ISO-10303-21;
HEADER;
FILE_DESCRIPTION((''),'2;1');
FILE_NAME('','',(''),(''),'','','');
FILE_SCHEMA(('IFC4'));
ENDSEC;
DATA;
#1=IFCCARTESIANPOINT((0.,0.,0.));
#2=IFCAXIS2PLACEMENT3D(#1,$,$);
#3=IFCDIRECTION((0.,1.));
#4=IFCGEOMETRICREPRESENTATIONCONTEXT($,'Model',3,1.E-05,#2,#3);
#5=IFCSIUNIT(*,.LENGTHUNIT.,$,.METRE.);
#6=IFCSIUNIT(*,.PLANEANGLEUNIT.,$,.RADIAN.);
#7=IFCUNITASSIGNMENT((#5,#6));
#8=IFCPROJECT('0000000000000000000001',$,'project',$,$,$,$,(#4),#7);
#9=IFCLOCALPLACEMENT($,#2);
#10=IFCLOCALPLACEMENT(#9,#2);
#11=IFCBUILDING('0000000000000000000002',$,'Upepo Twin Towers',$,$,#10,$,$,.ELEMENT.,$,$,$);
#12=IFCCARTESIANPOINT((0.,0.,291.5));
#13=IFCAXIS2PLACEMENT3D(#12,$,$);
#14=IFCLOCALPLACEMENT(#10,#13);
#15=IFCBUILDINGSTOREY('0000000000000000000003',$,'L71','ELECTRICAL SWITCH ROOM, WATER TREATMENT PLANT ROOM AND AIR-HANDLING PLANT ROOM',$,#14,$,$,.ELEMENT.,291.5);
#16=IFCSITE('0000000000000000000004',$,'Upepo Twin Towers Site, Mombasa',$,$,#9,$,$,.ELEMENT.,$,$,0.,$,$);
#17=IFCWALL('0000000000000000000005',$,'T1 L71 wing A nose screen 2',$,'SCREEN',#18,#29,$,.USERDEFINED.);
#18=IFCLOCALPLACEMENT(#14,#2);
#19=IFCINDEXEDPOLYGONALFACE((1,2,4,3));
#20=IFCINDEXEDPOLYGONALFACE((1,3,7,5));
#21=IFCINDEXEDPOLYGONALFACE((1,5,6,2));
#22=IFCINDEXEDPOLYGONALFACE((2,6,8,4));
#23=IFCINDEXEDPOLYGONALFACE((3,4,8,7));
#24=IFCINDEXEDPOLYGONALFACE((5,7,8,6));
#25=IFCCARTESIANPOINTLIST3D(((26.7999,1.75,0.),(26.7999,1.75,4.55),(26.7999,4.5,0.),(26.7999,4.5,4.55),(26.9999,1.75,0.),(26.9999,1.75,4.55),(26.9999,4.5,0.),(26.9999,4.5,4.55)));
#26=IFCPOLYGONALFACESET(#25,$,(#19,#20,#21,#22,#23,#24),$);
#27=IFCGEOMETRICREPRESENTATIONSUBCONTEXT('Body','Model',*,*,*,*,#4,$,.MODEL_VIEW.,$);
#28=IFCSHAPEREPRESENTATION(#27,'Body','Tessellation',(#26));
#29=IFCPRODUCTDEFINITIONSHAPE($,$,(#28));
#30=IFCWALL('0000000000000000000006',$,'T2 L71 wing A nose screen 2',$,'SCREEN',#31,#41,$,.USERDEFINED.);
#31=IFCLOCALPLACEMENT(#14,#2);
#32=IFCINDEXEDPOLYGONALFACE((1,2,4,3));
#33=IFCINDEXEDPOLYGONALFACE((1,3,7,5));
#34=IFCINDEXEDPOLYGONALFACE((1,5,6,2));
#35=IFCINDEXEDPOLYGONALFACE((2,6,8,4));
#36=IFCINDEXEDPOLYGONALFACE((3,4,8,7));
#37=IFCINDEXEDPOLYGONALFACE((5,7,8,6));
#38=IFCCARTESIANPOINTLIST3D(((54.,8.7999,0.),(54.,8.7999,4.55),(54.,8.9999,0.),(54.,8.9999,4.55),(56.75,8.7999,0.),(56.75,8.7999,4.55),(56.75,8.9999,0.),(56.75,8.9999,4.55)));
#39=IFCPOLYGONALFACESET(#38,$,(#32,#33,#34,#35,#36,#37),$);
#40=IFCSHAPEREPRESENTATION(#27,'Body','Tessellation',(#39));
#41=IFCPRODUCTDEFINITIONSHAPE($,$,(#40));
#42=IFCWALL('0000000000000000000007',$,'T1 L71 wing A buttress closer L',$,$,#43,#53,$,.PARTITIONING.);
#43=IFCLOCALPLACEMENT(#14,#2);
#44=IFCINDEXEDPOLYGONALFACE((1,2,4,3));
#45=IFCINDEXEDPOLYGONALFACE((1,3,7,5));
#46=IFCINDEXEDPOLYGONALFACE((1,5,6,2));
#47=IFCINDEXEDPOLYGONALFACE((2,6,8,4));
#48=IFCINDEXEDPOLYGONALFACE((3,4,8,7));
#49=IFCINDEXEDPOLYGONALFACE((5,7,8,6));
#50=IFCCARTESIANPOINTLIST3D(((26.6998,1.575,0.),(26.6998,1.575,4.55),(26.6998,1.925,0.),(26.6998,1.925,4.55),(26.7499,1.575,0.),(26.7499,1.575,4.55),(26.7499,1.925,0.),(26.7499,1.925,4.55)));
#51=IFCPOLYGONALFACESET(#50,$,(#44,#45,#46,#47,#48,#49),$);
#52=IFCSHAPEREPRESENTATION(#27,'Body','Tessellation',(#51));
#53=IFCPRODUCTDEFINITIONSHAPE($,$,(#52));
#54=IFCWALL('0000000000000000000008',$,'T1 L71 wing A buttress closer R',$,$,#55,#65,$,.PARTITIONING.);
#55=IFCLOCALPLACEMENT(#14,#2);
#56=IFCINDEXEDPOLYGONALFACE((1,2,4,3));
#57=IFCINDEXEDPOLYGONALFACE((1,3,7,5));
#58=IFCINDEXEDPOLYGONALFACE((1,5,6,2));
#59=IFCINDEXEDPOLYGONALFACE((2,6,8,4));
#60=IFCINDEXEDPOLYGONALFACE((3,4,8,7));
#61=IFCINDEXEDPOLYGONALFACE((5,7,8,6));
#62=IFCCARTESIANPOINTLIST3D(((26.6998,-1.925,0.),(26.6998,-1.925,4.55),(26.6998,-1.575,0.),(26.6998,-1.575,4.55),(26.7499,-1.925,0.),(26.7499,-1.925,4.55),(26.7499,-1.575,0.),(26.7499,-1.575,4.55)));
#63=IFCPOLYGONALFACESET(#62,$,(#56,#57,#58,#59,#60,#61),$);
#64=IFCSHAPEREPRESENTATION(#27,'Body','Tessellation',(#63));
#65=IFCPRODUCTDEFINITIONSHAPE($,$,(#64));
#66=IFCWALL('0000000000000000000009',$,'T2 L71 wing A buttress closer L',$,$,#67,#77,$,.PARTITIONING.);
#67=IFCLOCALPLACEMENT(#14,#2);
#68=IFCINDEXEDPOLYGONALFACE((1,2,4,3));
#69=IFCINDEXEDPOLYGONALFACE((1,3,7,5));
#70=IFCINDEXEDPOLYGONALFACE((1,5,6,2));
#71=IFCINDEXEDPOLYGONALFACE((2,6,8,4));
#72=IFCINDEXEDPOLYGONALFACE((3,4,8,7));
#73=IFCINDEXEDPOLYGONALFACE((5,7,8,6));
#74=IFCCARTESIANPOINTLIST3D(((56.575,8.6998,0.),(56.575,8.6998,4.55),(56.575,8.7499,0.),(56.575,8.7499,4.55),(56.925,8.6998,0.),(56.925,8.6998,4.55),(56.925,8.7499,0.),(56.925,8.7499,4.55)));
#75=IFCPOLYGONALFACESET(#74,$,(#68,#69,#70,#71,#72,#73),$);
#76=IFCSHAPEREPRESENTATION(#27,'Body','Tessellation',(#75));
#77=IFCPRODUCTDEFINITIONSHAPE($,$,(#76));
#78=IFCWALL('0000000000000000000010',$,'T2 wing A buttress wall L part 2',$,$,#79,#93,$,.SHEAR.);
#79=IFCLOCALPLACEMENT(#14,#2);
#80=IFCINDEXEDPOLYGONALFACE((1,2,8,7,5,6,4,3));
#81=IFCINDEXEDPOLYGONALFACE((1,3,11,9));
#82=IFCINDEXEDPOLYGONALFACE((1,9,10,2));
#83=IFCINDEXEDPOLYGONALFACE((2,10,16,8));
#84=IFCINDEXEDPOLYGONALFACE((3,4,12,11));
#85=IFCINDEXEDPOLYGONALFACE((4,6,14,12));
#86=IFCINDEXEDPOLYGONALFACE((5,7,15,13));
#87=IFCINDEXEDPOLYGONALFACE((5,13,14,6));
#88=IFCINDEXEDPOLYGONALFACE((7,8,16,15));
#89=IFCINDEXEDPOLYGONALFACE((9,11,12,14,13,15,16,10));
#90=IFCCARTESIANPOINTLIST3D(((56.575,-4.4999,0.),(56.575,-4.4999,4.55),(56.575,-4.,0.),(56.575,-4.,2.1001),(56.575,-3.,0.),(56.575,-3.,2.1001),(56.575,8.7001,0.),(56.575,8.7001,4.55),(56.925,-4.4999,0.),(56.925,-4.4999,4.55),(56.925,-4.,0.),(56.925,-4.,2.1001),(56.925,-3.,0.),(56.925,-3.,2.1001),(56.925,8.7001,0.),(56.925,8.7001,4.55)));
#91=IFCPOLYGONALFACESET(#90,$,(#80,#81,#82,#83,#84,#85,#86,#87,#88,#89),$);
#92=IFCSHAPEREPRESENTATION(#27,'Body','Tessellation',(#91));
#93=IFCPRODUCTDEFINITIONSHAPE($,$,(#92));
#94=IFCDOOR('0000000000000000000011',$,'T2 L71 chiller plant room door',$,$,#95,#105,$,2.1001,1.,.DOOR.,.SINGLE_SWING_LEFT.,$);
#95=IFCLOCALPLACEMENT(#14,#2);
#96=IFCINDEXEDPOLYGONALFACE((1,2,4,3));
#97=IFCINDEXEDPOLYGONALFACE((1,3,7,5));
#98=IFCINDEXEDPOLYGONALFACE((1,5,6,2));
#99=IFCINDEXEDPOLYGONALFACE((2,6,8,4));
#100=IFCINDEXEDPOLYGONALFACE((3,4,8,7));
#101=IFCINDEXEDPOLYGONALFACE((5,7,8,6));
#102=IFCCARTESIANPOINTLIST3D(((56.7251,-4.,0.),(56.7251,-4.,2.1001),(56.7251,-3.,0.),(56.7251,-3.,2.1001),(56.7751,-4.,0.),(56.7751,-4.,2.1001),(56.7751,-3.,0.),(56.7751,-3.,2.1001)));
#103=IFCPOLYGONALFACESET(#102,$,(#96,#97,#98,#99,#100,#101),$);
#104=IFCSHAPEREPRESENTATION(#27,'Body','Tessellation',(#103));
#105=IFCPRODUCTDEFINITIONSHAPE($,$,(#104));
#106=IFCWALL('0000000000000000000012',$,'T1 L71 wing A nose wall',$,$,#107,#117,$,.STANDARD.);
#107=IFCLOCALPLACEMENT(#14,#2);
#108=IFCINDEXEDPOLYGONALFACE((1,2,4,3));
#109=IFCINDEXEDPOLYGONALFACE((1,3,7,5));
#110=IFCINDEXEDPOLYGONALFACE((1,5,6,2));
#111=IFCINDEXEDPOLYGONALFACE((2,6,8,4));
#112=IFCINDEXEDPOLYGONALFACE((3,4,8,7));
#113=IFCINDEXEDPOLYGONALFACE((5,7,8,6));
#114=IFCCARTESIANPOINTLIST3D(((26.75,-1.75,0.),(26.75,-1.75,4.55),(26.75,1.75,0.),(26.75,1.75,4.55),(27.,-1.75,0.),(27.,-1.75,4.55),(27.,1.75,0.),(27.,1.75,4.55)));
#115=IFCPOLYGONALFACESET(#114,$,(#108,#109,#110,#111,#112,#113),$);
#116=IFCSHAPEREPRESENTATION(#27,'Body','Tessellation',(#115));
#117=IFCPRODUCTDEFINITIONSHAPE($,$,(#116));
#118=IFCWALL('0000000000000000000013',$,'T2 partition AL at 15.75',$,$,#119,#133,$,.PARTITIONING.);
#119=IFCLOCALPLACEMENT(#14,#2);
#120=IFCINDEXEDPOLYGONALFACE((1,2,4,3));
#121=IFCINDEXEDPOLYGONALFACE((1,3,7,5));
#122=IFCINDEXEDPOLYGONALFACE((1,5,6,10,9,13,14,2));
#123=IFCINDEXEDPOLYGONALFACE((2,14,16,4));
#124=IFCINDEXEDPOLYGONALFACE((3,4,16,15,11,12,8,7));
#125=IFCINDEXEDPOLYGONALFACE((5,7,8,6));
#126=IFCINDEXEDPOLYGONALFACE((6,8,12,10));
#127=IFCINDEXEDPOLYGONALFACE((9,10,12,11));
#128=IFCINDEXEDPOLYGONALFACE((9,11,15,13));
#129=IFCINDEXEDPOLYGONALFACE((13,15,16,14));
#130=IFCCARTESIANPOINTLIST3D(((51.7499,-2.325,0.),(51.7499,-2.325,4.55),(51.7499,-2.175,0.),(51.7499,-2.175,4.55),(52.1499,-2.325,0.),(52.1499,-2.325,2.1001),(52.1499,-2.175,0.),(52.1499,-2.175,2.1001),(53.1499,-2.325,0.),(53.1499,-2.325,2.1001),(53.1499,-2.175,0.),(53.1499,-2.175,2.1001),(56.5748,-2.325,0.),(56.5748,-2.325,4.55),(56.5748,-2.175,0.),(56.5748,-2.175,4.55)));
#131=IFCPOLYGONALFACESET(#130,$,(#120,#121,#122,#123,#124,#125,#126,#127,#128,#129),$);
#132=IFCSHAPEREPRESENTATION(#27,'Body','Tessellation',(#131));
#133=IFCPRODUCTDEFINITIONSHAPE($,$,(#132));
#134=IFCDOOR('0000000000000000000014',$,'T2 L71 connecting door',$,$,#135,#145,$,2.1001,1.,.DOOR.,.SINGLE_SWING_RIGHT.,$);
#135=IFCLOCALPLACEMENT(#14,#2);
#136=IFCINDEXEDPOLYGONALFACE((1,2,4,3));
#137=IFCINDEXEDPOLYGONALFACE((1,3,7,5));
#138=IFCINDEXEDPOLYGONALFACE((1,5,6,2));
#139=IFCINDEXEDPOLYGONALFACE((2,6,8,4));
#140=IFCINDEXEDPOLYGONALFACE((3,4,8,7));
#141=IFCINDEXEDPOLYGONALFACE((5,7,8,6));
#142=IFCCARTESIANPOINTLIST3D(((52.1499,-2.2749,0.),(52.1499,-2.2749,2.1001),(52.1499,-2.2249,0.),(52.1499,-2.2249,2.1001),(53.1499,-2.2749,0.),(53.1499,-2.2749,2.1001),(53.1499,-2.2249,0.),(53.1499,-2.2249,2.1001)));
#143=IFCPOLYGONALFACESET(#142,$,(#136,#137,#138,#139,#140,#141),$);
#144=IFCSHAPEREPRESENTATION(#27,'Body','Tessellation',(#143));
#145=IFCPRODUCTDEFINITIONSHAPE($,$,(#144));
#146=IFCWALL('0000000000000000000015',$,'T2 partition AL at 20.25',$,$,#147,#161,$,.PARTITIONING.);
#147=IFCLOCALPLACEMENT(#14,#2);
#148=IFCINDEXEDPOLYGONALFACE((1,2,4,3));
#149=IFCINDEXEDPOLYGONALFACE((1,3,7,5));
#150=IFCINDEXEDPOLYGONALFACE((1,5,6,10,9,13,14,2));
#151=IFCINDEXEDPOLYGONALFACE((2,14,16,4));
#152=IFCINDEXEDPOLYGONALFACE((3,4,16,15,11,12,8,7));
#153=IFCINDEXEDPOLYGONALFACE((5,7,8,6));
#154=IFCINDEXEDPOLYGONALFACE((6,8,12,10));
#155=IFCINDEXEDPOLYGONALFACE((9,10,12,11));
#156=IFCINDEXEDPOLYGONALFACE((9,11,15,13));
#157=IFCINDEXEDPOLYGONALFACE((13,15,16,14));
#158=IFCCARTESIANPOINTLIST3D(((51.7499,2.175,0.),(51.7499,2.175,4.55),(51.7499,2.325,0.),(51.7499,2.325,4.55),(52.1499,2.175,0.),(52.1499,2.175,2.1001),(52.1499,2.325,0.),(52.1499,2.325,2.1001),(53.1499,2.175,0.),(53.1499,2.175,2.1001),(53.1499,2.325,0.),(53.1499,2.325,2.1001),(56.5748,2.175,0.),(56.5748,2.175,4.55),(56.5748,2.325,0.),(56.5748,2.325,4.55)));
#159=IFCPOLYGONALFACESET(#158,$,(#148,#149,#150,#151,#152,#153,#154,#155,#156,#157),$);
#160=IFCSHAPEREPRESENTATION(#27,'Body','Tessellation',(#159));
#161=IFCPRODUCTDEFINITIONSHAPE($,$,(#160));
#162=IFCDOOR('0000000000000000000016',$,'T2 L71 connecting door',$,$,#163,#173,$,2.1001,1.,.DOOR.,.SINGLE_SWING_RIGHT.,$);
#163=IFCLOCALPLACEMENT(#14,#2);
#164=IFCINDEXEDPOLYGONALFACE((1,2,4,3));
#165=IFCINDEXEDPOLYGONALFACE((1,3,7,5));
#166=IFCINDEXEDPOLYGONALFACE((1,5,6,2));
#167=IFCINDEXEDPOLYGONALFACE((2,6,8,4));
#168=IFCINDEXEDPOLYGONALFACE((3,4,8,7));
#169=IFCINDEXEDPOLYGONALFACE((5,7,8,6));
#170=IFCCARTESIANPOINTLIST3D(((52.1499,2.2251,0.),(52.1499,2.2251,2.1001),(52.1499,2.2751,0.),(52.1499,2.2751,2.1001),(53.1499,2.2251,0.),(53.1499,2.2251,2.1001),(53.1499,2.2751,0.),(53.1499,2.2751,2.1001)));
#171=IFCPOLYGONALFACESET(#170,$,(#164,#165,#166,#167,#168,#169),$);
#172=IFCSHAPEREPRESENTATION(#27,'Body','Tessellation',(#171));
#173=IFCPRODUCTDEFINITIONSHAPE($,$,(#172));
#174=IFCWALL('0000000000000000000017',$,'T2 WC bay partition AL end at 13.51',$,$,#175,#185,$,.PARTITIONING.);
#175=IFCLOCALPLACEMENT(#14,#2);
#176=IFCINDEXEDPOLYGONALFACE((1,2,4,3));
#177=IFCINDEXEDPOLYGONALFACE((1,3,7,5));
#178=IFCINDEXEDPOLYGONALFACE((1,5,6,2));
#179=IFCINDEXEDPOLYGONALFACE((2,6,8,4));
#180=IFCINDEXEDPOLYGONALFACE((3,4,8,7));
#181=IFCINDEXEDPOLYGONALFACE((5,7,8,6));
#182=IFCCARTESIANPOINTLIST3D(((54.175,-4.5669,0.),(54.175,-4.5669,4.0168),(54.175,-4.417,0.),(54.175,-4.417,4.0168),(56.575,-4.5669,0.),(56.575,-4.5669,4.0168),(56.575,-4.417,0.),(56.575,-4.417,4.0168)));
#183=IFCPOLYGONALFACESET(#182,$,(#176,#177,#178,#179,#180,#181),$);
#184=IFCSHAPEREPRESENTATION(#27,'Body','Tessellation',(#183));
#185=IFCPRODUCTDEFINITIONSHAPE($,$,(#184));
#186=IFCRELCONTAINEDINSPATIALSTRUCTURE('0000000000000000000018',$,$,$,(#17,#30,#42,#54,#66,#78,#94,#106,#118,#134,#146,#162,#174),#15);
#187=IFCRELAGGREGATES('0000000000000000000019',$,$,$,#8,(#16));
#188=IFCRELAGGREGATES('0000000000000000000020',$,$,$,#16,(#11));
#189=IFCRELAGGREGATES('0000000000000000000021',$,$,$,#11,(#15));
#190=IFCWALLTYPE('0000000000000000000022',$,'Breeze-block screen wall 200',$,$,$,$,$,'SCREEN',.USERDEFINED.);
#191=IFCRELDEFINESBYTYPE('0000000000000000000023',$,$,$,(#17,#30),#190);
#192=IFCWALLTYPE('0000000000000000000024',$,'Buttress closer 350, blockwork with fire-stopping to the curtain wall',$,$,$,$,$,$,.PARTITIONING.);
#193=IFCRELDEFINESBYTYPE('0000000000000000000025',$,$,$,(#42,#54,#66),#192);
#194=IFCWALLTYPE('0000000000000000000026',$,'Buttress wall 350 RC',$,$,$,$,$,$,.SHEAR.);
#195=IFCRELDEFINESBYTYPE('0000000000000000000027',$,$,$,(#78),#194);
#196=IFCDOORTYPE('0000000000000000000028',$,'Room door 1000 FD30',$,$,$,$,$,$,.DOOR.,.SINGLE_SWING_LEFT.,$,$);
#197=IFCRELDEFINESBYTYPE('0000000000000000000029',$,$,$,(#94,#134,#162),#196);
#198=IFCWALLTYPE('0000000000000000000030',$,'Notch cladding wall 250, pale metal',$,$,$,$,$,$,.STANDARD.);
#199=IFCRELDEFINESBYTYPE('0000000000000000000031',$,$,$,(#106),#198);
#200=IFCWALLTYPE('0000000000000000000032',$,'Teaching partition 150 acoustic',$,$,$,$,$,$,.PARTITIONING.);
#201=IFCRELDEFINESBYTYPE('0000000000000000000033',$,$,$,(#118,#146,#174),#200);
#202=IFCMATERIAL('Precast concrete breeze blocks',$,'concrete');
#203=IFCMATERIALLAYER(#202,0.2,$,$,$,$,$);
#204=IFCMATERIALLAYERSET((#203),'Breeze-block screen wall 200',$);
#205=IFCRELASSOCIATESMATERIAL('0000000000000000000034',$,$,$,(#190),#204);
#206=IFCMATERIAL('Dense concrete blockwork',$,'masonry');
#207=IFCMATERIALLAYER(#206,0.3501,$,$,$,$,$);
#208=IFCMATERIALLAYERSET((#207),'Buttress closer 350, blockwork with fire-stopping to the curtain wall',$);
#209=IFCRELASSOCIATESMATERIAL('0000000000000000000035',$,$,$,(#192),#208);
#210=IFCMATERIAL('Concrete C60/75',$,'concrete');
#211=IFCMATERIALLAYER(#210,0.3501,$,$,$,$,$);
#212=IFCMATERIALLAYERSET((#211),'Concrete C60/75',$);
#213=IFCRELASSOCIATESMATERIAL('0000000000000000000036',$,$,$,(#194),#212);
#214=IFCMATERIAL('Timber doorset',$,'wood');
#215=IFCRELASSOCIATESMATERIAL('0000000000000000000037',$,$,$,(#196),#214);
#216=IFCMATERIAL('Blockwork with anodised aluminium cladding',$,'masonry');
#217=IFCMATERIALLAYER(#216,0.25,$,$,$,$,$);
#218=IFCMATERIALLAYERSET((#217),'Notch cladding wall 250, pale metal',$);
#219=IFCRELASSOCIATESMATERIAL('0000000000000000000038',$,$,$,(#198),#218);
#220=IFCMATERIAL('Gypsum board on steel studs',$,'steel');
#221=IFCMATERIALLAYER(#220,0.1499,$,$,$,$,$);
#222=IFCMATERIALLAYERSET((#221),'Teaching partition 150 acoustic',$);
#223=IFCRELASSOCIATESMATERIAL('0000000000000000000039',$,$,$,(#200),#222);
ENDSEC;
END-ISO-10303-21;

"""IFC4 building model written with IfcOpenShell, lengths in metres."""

from ifc_helpers import new_model, si_unit, direction, frame, frame_2d, origin, place, context, subcontext, project, spatial, rectangle, extrude, material, layer, layer_set, type_object, element, fill, save


model = new_model("IFC4")

# Units and contexts
model_context = context("Model", 3, precision=1e-05, world=origin(), true_north=direction((0.0, 1.0)))
body_context = subcontext(model_context, "Body", "Model", "MODEL_VIEW")
ifc_project = project(units=[si_unit("LENGTHUNIT", "METRE"), si_unit("PLANEANGLEUNIT", "RADIAN")], contexts=[model_context])

# Site, building, storey
site_placement = place(None, origin())
site = spatial("IfcSite", under=ifc_project, at=site_placement, Name="Upepo Twin Towers Site, Mombasa", CompositionType="ELEMENT", RefElevation=0.0)
building_placement = place(site_placement, origin())
building = spatial("IfcBuilding", under=site, at=building_placement, Name="Upepo Twin Towers", CompositionType="ELEMENT")
storey_placement = place(building_placement, frame((0.0, 0.0, 291.5)))
storey = spatial("IfcBuildingStorey", under=building, at=storey_placement, Name="L71", Description="ELECTRICAL SWITCH ROOM, WATER TREATMENT PLANT ROOM AND AIR-HANDLING PLANT ROOM", CompositionType="ELEMENT", Elevation=291.5)

# Walls
ifc_material_1 = material(Name="Precast concrete breeze blocks", Category="concrete")
ifc_layer_1 = layer(ifc_material_1, 0.2)
ifc_layer_set_1 = layer_set([ifc_layer_1], Name="Breeze-block screen wall 200")
wall_type_1 = type_object("IfcWallType", Name="Breeze-block screen wall 200", ElementType="SCREEN", PredefinedType="USERDEFINED", material=ifc_layer_set_1)
for number, where, z_axis, x_axis, name in (
    (1, (26.8999, 1.75, 0.0), (0.0, 0.0, 1.0), (0.0, 1.0, 0.0), "T1 L71 wing A nose screen 2"),
    (2, (56.75, 8.8999, 0.0), (0.0, 0.0, 1.0), (-1.0, 0.0, 0.0), "T2 L71 wing A nose screen 2"),
):
    element("IfcWall", number, at=place(storey_placement, frame(where, z_axis=z_axis, x_axis=x_axis)), inside=storey, type_object=wall_type_1, Name=name, ObjectType="SCREEN", PredefinedType="USERDEFINED", context=body_context, shape_type="SweptSolid", body=[
        extrude(rectangle(XDim=2.75, YDim=0.2, at=frame_2d((1.375, 0.0))), origin(), (0.0, 0.0, 1.0), 4.55),
    ])
ifc_material_2 = material(Name="Dense concrete blockwork", Category="masonry")
ifc_layer_2 = layer(ifc_material_2, 0.3501)
ifc_layer_set_2 = layer_set([ifc_layer_2], Name="Buttress closer 350, blockwork with fire-stopping to the curtain wall")
wall_type_2 = type_object("IfcWallType", Name="Buttress closer 350, blockwork with fire-stopping to the curtain wall", PredefinedType="PARTITIONING", material=ifc_layer_set_2)
for number, where, z_axis, x_axis, name in (
    (3, (26.7, 1.75, 0.0), (0.0, 0.0, 1.0), (1.0, 0.0, 0.0), "T1 L71 wing A buttress closer L"),
    (4, (26.7, -1.75, 0.0), (0.0, 0.0, 1.0), (1.0, 0.0, 0.0), "T1 L71 wing A buttress closer R"),
    (5, (56.75, 8.7, 0.0), (0.0, 0.0, 1.0), (0.0, 1.0, 0.0), "T2 L71 wing A buttress closer L"),
):
    element("IfcWall", number, at=place(storey_placement, frame(where, z_axis=z_axis, x_axis=x_axis)), inside=storey, type_object=wall_type_2, Name=name, PredefinedType="PARTITIONING", context=body_context, shape_type="SweptSolid", body=[
        extrude(rectangle(XDim=0.05, YDim=0.3501, at=frame_2d((0.0249, 0.0))), origin(), (0.0, 0.0, 1.0), 4.55),
    ])

# Wall, opening, door
ifc_material_3 = material(Name="Concrete C60/75", Category="concrete")
ifc_layer_3 = layer(ifc_material_3, 0.3501)
ifc_layer_set_3 = layer_set([ifc_layer_3], Name="Concrete C60/75")
wall_type_3 = type_object("IfcWallType", Name="Buttress wall 350 RC", PredefinedType="SHEAR", material=ifc_layer_set_3)
wall_1_placement = place(storey_placement, frame((56.75, -4.5, 0.0), z_axis=(0.0, 0.0, 1.0), x_axis=(0.0, 1.0, 0.0)))
wall_1 = element("IfcWall", 6, at=wall_1_placement, inside=storey, type_object=wall_type_3, Name="T2 wing A buttress wall L part 2", PredefinedType="SHEAR", context=body_context, shape_type="SweptSolid", body=[
    extrude(rectangle(XDim=13.2, YDim=0.3501, at=frame_2d((6.6001, 0.0))), origin(), (0.0, 0.0, 1.0), 4.55),
])
opening_1_placement = place(wall_1_placement, frame((0.5, 0.0, 0.0)))
opening_1 = element("IfcOpeningElement", 7, at=opening_1_placement, cuts=wall_1, PredefinedType="OPENING", context=body_context, shape_type="SweptSolid", body=[
    extrude(rectangle(XDim=1.0, YDim=2.1001, at=frame_2d((0.5, 1.05))), frame((0.0, 0.1851, 0.0), z_axis=(0.0, -1.0, 0.0), x_axis=(1.0, 0.0, 0.0)), (0.0, 0.0, 1.0), 0.3701),
])
ifc_material_4 = material(Name="Timber doorset", Category="wood")
door_type = type_object("IfcDoorType", Name="Room door 1000 FD30", OperationType="SINGLE_SWING_LEFT", PredefinedType="DOOR", material=ifc_material_4)
door_1_placement = place(opening_1_placement, origin())
door_1 = element("IfcDoor", 8, at=door_1_placement, inside=storey, type_object=door_type, Name="T2 L71 chiller plant room door", OperationType="SINGLE_SWING_LEFT", OverallHeight=2.1001, OverallWidth=1.0, PredefinedType="DOOR", context=body_context, shape_type="SweptSolid", body=[
    extrude(rectangle(XDim=1.0, YDim=2.1001, at=frame_2d((0.5, 1.05))), frame((0.0, 0.0249, 0.0), z_axis=(0.0, -1.0, 0.0), x_axis=(1.0, 0.0, 0.0)), (0.0, 0.0, 1.0), 0.05),
])
fill(opening_1, door_1)

# Wall
ifc_material_5 = material(Name="Blockwork with anodised aluminium cladding", Category="masonry")
ifc_layer_4 = layer(ifc_material_5, 0.25)
ifc_layer_set_4 = layer_set([ifc_layer_4], Name="Notch cladding wall 250, pale metal")
wall_type_4 = type_object("IfcWallType", Name="Notch cladding wall 250, pale metal", PredefinedType="STANDARD", material=ifc_layer_set_4)
wall_2_placement = place(storey_placement, frame((26.875, -1.75, 0.0), z_axis=(0.0, 0.0, 1.0), x_axis=(0.0, 1.0, 0.0)))
element("IfcWall", 9, at=wall_2_placement, inside=storey, type_object=wall_type_4, Name="T1 L71 wing A nose wall", PredefinedType="STANDARD", context=body_context, shape_type="SweptSolid", body=[
    extrude(rectangle(XDim=3.5, YDim=0.25, at=frame_2d((1.75, 0.0))), origin(), (0.0, 0.0, 1.0), 4.55),
])

# Walls, openings, doors
ifc_material_6 = material(Name="Gypsum board on steel studs", Category="steel")
ifc_layer_5 = layer(ifc_material_6, 0.1499)
ifc_layer_set_5 = layer_set([ifc_layer_5], Name="Teaching partition 150 acoustic")
wall_type_5 = type_object("IfcWallType", Name="Teaching partition 150 acoustic", PredefinedType="PARTITIONING", material=ifc_layer_set_5)
wall_3_placement = place(storey_placement, frame((56.575, -2.25, 0.0), z_axis=(0.0, 0.0, 1.0), x_axis=(-1.0, 0.0, 0.0)))
wall_3 = element("IfcWall", 10, at=wall_3_placement, inside=storey, type_object=wall_type_5, Name="T2 partition AL at 15.75", PredefinedType="PARTITIONING", context=body_context, shape_type="SweptSolid", body=[
    extrude(rectangle(XDim=4.825, YDim=0.1499, at=frame_2d((2.4126, 0.0))), origin(), (0.0, 0.0, 1.0), 4.55),
])
opening_2_placement = place(wall_3_placement, frame((3.425, 0.0, 0.0)))
opening_2 = element("IfcOpeningElement", 11, at=opening_2_placement, cuts=wall_3, PredefinedType="OPENING", context=body_context, shape_type="SweptSolid", body=[
    extrude(rectangle(XDim=1.0, YDim=2.1001, at=frame_2d((0.5, 1.05))), frame((0.0, 0.085, 0.0), z_axis=(0.0, -1.0, 0.0), x_axis=(1.0, 0.0, 0.0)), (0.0, 0.0, 1.0), 0.1699),
])
door_2_placement = place(opening_2_placement, origin())
door_2 = element("IfcDoor", 12, at=door_2_placement, inside=storey, type_object=door_type, Name="T2 L71 connecting door", OperationType="SINGLE_SWING_RIGHT", OverallHeight=2.1001, OverallWidth=1.0, PredefinedType="DOOR", context=body_context, shape_type="SweptSolid", body=[
    extrude(rectangle(XDim=1.0, YDim=2.1001, at=frame_2d((0.5, 1.05))), frame((0.0, 0.0249, 0.0), z_axis=(0.0, -1.0, 0.0), x_axis=(1.0, 0.0, 0.0)), (0.0, 0.0, 1.0), 0.05),
])
fill(opening_2, door_2)
wall_4_placement = place(storey_placement, frame((56.575, 2.25, 0.0), z_axis=(0.0, 0.0, 1.0), x_axis=(-1.0, 0.0, 0.0)))
wall_4 = element("IfcWall", 13, at=wall_4_placement, inside=storey, type_object=wall_type_5, Name="T2 partition AL at 20.25", PredefinedType="PARTITIONING", context=body_context, shape_type="SweptSolid", body=[
    extrude(rectangle(XDim=4.825, YDim=0.1499, at=frame_2d((2.4126, 0.0))), origin(), (0.0, 0.0, 1.0), 4.55),
])
opening_3_placement = place(wall_4_placement, frame((3.425, 0.0, 0.0)))
opening_3 = element("IfcOpeningElement", 14, at=opening_3_placement, cuts=wall_4, PredefinedType="OPENING", context=body_context, shape_type="SweptSolid", body=[
    extrude(rectangle(XDim=1.0, YDim=2.1001, at=frame_2d((0.5, 1.05))), frame((0.0, 0.085, 0.0), z_axis=(0.0, -1.0, 0.0), x_axis=(1.0, 0.0, 0.0)), (0.0, 0.0, 1.0), 0.1699),
])
door_3_placement = place(opening_3_placement, origin())
door_3 = element("IfcDoor", 15, at=door_3_placement, inside=storey, type_object=door_type, Name="T2 L71 connecting door", OperationType="SINGLE_SWING_RIGHT", OverallHeight=2.1001, OverallWidth=1.0, PredefinedType="DOOR", context=body_context, shape_type="SweptSolid", body=[
    extrude(rectangle(XDim=1.0, YDim=2.1001, at=frame_2d((0.5, 1.05))), frame((0.0, 0.0249, 0.0), z_axis=(0.0, -1.0, 0.0), x_axis=(1.0, 0.0, 0.0)), (0.0, 0.0, 1.0), 0.05),
])
fill(opening_3, door_3)

# Wall
wall_5_placement = place(storey_placement, frame((56.575, -4.4919, 0.0), z_axis=(0.0, 0.0, 1.0), x_axis=(-1.0, 0.0, 0.0)))
element("IfcWall", 16, at=wall_5_placement, inside=storey, type_object=wall_type_5, Name="T2 WC bay partition AL end at 13.51", PredefinedType="PARTITIONING", context=body_context, shape_type="SweptSolid", body=[
    extrude(rectangle(XDim=2.3999, YDim=0.1499, at=frame_2d((1.2, 0.0))), origin(), (0.0, 0.0, 1.0), 4.0168),
])

save(model, "model.ifc")
